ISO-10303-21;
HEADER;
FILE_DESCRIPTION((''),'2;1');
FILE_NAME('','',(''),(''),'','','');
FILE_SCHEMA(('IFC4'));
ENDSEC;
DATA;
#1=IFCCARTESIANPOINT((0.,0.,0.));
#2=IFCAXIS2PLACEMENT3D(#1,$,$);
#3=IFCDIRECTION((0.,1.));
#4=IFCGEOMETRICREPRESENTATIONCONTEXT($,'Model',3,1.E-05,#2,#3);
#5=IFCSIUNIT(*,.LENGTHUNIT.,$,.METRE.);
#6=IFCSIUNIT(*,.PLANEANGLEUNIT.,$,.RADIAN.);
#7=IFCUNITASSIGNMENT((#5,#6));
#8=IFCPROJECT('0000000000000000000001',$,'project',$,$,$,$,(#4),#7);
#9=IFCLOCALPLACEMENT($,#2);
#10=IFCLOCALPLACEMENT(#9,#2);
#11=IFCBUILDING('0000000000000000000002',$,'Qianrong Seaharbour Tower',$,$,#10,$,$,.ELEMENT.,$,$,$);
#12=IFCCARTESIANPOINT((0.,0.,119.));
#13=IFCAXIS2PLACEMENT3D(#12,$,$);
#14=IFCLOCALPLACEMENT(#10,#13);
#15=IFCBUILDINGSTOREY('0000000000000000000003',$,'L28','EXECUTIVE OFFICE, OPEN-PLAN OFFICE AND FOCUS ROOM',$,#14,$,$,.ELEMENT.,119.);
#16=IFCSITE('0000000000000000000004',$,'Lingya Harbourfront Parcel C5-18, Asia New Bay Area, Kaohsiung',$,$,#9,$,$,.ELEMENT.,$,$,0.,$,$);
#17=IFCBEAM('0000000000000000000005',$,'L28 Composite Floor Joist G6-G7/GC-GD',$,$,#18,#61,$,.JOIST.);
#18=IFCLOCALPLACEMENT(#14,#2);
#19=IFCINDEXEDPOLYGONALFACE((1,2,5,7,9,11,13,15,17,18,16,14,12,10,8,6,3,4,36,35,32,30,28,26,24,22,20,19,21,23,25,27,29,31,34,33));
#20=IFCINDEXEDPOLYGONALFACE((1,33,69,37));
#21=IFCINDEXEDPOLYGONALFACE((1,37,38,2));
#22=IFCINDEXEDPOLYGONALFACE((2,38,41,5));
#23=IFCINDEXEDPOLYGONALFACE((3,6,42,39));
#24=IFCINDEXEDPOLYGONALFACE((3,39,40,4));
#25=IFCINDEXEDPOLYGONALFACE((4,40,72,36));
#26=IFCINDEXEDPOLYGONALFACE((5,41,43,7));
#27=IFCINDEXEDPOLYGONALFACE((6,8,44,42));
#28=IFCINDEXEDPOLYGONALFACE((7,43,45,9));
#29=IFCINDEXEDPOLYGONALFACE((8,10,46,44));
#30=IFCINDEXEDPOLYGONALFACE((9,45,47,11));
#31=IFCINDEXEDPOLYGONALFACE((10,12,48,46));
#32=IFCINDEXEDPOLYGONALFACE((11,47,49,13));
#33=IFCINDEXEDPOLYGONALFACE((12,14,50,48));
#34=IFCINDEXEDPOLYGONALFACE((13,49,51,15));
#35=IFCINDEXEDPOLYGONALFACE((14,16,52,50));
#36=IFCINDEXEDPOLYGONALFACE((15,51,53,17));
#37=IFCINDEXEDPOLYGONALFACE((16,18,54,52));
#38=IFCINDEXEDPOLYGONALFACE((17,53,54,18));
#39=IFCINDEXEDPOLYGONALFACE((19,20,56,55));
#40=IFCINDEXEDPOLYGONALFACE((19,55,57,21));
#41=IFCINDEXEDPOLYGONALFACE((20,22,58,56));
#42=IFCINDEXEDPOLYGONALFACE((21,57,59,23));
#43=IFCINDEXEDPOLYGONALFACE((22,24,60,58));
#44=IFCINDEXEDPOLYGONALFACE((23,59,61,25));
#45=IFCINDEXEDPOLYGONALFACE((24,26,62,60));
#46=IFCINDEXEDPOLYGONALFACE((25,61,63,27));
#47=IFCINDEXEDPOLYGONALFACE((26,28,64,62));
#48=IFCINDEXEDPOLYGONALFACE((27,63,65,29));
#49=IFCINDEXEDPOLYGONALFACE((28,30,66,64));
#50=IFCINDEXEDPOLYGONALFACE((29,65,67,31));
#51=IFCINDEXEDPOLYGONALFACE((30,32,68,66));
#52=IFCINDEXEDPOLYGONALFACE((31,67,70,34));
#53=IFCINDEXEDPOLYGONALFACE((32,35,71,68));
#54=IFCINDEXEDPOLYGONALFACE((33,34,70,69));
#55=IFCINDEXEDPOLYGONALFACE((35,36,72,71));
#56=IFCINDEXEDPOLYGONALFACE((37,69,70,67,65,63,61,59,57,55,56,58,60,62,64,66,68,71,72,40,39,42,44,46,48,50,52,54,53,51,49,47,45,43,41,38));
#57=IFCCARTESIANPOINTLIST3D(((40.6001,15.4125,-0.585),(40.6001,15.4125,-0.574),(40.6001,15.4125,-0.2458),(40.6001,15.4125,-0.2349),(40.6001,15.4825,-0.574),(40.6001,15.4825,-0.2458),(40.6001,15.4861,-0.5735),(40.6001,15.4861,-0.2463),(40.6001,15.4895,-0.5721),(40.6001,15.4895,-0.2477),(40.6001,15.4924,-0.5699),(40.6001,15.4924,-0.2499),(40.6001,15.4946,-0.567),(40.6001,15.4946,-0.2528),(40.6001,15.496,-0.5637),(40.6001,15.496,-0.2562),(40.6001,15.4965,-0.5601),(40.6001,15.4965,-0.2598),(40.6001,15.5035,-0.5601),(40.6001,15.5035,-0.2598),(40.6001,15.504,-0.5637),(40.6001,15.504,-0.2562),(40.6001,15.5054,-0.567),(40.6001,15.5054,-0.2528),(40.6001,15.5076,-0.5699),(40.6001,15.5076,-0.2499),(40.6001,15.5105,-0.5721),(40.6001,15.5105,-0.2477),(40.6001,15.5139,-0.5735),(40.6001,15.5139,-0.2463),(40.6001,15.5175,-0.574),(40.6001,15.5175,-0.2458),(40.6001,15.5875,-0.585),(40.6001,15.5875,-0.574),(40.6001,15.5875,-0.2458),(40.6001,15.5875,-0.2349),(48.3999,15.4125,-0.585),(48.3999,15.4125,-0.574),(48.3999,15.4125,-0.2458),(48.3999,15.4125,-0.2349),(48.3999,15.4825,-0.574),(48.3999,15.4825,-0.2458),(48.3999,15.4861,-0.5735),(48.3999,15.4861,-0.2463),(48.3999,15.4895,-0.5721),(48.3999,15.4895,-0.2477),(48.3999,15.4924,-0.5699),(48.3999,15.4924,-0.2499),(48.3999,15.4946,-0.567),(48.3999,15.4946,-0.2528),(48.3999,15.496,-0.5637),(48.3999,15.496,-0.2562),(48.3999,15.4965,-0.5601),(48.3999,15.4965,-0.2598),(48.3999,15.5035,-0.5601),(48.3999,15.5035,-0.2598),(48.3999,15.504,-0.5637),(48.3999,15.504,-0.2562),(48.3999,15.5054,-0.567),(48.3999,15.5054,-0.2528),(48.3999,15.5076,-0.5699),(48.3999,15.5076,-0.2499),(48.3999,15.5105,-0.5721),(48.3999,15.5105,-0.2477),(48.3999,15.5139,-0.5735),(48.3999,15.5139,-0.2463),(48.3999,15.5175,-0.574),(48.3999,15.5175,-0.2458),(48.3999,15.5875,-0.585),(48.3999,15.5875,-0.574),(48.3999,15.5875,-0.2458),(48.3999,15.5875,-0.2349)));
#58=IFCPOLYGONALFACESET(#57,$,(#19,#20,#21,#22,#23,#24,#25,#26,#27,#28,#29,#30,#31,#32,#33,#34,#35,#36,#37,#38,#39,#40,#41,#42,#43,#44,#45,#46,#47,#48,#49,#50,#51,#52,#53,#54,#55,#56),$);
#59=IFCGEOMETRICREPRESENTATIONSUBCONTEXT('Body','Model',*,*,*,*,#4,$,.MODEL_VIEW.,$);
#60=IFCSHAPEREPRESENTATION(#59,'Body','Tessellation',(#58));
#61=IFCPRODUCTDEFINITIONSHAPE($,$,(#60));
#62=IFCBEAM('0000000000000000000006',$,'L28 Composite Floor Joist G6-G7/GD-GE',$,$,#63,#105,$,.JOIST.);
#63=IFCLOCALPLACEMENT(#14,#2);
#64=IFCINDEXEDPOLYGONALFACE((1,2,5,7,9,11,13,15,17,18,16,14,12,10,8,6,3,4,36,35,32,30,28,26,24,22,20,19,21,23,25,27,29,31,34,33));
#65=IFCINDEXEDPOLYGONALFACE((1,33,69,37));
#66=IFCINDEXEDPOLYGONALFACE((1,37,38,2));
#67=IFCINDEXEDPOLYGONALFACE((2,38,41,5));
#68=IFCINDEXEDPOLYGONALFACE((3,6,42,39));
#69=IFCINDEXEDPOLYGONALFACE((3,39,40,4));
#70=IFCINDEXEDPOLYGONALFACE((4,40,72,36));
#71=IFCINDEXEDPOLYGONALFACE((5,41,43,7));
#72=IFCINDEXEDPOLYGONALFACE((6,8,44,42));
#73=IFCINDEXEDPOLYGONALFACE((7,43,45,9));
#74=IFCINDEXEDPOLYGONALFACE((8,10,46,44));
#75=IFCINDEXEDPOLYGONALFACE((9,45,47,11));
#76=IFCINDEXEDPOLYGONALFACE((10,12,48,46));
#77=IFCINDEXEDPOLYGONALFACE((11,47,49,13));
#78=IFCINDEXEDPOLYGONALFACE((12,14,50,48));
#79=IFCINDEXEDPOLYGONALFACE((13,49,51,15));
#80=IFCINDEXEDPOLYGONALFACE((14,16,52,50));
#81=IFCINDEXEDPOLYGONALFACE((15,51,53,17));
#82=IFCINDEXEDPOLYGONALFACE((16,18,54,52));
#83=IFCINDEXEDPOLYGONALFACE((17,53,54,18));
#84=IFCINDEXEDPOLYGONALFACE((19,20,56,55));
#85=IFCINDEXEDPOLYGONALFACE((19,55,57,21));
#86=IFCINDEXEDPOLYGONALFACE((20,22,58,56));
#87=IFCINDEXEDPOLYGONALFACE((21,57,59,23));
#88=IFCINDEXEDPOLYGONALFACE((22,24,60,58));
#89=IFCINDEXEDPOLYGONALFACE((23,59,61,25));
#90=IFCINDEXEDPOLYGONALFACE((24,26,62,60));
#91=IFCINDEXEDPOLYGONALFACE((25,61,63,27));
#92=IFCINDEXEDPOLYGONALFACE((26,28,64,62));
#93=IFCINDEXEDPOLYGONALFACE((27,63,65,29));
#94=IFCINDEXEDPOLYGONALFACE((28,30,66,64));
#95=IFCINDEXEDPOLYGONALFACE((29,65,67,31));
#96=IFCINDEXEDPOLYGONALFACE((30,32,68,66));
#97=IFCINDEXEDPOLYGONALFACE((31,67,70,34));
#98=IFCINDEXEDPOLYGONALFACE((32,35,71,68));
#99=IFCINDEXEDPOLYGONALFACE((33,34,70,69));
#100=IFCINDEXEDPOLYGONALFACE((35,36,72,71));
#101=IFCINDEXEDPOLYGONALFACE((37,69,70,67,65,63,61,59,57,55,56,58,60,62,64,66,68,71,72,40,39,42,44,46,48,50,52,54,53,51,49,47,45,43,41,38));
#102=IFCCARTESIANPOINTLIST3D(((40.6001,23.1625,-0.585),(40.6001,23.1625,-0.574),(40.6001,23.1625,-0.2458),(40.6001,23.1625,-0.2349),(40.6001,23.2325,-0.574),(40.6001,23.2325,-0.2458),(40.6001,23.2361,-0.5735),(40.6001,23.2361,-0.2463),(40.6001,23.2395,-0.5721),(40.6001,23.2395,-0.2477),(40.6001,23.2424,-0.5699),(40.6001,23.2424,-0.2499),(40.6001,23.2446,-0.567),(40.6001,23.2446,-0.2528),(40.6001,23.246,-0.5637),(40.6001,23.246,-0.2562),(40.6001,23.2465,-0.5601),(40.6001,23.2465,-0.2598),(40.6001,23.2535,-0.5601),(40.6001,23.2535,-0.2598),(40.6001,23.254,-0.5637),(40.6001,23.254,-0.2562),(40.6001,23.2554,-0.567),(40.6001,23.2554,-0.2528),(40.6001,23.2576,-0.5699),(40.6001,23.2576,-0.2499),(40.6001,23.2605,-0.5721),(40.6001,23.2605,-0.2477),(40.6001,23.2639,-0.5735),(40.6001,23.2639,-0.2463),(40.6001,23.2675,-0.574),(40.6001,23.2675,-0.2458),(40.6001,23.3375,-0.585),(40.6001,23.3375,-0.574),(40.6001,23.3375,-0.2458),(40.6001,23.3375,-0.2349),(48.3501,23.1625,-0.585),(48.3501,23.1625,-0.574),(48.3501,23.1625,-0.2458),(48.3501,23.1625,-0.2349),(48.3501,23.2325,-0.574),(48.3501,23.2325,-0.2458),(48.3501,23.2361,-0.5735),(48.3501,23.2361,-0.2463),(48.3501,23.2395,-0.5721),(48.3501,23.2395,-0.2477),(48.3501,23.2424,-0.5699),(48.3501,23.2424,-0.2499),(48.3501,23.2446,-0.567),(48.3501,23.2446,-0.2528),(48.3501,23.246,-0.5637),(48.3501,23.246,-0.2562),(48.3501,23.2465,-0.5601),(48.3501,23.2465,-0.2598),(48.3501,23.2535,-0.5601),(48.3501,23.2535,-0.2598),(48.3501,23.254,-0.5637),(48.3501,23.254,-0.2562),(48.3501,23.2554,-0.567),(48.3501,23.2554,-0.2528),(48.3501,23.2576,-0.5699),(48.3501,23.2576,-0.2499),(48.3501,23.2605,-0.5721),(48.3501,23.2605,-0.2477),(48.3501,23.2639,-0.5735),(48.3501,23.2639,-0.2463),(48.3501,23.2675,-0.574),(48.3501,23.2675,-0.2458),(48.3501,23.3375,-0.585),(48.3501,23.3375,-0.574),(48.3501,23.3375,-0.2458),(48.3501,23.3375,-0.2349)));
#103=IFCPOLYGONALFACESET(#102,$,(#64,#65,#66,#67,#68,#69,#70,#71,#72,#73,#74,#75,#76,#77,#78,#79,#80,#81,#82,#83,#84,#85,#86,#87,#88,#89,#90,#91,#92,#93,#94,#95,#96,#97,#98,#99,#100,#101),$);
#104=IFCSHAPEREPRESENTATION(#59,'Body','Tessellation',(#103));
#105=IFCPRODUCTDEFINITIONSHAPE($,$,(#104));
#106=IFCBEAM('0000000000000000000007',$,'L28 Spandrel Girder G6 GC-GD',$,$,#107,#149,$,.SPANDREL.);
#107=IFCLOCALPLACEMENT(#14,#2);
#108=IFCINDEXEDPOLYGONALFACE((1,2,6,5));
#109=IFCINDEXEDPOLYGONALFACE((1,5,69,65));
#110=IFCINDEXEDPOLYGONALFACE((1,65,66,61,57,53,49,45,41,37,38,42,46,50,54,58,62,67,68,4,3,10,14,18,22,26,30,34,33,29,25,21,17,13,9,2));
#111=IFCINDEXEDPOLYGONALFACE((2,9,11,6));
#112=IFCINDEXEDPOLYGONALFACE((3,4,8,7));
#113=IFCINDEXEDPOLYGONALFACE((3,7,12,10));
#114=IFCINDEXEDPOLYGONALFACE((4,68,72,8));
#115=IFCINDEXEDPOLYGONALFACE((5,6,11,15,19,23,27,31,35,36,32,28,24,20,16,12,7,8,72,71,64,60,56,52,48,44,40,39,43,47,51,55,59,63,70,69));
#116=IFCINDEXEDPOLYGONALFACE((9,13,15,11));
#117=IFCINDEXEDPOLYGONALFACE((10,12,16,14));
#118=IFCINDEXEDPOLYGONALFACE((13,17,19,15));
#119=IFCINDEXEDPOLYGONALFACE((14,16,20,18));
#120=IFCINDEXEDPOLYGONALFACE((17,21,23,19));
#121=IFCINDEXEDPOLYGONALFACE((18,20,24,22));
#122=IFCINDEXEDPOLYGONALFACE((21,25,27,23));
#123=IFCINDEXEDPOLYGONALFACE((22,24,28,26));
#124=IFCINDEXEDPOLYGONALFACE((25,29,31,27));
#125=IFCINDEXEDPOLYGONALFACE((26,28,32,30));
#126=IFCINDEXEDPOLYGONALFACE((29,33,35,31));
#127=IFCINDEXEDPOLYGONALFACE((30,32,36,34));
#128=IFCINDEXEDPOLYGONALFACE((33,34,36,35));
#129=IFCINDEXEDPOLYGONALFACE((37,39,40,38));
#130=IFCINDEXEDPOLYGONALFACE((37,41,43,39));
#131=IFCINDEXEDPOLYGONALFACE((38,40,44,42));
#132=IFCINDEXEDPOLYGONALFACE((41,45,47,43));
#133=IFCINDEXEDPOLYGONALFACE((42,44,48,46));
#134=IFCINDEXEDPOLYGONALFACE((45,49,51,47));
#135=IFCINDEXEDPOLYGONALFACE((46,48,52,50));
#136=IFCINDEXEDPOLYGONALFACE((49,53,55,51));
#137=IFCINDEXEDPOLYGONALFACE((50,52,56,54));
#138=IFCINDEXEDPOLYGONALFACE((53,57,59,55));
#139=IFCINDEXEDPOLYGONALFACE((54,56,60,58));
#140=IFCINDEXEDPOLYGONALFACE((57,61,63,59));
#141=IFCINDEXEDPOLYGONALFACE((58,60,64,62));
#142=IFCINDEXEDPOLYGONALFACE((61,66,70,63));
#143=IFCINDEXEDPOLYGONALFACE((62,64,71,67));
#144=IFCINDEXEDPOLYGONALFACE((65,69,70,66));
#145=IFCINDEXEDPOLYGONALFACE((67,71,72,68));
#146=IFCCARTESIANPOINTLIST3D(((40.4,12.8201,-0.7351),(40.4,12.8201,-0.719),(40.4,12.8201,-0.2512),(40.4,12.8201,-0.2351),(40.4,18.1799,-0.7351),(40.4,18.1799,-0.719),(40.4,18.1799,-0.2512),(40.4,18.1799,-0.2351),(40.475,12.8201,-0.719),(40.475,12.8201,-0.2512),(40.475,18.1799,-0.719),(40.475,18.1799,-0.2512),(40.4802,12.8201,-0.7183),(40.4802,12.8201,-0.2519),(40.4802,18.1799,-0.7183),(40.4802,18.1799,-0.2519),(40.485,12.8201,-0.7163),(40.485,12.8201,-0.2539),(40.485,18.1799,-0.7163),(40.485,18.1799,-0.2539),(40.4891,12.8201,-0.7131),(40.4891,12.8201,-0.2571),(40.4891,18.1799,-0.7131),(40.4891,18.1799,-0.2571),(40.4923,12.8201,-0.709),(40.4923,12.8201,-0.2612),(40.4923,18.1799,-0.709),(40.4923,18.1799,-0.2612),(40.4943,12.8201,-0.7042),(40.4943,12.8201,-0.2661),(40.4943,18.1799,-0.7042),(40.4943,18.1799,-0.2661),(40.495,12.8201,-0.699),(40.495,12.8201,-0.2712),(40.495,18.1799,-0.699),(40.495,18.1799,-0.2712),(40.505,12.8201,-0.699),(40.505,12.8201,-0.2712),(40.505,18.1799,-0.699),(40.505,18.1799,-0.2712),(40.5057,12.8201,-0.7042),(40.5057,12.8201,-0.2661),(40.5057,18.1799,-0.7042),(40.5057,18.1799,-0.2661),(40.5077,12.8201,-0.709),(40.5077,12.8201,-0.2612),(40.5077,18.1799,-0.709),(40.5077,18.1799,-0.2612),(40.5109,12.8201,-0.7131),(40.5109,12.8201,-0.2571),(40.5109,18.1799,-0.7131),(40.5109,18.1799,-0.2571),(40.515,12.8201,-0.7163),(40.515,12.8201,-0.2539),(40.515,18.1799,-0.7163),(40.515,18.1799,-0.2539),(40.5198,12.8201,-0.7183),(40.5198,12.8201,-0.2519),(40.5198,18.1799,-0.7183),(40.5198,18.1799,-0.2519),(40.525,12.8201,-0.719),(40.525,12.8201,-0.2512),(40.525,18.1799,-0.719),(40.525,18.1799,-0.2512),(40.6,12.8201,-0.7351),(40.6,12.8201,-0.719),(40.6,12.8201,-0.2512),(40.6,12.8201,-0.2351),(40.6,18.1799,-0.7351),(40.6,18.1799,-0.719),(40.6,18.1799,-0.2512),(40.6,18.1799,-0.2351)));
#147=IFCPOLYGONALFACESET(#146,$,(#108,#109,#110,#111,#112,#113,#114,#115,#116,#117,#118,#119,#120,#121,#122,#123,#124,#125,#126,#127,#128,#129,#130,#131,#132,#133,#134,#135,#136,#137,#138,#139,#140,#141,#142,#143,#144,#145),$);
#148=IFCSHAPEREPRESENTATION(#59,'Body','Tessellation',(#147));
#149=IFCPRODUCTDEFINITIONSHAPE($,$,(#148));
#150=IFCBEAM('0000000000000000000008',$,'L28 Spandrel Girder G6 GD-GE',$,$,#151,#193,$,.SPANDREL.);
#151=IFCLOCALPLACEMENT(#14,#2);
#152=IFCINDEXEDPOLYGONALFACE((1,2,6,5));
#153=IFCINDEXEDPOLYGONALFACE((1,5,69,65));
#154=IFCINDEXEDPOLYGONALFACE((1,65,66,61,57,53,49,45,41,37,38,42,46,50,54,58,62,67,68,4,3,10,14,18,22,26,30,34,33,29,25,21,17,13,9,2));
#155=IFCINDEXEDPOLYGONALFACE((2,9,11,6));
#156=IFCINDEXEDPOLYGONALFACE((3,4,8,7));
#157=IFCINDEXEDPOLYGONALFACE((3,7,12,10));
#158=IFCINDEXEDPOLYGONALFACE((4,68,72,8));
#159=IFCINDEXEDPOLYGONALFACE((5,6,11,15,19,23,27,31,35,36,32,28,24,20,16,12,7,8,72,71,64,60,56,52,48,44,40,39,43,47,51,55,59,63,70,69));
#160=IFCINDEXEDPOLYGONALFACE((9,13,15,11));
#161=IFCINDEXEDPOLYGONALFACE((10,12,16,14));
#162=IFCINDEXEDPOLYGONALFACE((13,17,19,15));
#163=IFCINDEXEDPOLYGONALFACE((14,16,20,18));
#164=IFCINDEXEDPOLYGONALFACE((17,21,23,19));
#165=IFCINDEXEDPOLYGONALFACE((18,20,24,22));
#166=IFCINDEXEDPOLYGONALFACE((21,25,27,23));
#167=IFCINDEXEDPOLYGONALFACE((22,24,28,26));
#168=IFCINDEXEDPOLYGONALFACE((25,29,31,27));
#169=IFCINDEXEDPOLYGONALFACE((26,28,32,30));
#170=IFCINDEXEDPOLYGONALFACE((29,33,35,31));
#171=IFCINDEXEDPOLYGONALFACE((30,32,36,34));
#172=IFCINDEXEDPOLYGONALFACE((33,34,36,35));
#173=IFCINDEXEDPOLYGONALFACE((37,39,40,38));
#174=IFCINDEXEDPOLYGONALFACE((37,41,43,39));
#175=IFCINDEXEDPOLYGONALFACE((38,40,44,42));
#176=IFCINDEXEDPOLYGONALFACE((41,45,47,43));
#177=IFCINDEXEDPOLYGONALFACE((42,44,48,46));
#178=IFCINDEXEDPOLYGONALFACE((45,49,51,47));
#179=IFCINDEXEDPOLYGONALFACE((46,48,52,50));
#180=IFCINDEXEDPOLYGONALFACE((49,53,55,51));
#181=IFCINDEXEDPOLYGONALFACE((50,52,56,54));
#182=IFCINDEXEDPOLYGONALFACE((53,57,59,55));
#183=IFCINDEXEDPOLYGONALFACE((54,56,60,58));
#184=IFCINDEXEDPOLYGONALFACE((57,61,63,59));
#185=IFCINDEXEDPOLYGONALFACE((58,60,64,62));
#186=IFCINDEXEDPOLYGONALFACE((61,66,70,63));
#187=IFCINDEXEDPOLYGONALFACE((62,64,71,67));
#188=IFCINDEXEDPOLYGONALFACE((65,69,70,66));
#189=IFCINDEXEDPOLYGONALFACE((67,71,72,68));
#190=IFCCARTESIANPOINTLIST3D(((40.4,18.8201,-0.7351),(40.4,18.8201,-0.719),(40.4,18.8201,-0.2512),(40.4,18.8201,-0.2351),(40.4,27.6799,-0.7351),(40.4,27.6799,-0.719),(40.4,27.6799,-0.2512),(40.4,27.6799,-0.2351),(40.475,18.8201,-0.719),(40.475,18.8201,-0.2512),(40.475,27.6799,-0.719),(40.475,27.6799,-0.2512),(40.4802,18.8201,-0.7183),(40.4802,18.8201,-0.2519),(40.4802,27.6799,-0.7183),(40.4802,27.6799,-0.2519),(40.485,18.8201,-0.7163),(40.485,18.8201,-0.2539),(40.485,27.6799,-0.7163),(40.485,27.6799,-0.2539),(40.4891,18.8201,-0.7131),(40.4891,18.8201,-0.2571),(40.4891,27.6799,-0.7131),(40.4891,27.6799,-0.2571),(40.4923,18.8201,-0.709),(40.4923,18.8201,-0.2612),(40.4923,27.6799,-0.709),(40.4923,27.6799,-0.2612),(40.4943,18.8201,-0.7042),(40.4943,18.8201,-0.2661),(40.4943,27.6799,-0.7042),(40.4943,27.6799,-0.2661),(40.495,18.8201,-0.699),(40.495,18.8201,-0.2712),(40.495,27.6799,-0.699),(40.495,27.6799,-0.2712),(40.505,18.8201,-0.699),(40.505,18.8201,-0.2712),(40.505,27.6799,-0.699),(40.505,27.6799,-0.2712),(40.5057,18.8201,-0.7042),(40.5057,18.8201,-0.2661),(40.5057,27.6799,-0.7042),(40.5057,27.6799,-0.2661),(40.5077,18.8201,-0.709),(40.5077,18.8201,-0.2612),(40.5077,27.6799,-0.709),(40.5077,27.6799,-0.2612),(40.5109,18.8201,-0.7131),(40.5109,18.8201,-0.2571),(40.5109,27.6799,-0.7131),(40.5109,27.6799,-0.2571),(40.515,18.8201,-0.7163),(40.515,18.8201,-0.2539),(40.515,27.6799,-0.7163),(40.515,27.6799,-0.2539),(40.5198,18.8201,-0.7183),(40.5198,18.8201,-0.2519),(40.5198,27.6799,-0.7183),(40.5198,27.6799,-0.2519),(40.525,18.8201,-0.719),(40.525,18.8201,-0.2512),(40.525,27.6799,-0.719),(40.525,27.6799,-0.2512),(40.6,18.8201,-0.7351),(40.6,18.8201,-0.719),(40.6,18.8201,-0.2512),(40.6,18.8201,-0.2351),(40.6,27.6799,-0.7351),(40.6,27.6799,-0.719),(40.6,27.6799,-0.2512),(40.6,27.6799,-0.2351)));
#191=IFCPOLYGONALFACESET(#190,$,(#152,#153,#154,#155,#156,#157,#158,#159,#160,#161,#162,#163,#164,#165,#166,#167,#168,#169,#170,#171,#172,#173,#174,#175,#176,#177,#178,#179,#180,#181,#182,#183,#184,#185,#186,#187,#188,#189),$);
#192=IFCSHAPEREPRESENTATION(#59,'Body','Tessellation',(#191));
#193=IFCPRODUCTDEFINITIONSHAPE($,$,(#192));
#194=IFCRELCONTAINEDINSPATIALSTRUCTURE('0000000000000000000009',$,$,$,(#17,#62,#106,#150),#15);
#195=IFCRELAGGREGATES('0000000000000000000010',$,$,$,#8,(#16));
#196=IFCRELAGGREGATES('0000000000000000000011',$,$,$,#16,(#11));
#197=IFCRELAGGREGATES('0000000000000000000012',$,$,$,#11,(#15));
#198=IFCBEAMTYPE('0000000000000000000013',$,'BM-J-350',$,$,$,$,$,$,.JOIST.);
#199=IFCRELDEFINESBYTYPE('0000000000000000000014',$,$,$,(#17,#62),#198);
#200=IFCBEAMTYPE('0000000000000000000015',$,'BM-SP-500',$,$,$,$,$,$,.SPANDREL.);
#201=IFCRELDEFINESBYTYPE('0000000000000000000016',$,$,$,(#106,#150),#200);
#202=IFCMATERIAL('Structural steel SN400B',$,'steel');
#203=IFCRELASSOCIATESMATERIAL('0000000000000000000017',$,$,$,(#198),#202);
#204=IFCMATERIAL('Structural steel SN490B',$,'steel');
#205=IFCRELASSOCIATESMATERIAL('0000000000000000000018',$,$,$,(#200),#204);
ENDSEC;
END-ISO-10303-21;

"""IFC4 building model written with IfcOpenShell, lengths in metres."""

from ifc_helpers import new_model, si_unit, direction, frame, origin, origin_2d, place, context, subcontext, project, spatial, i_section, extrude, material, material_profile, profile_set, type_object, element, save


model = new_model("IFC4")

# Units and contexts
model_context = context("Model", 3, precision=1e-05, world=origin(), true_north=direction((0.0, 1.0)))
body_context = subcontext(model_context, "Body", "Model", "MODEL_VIEW")
ifc_project = project(units=[si_unit("LENGTHUNIT", "METRE"), si_unit("PLANEANGLEUNIT", "RADIAN")], contexts=[model_context])

# Site, building, storey
site_placement = place(None, origin())
site = spatial("IfcSite", under=ifc_project, at=site_placement, Name="Lingya Harbourfront Parcel C5-18, Asia New Bay Area, Kaohsiung", CompositionType="ELEMENT", RefElevation=0.0)
building_placement = place(site_placement, origin())
building = spatial("IfcBuilding", under=site, at=building_placement, Name="Qianrong Seaharbour Tower", CompositionType="ELEMENT")
storey_placement = place(building_placement, frame((0.0, 0.0, 119.0)))
storey = spatial("IfcBuildingStorey", under=building, at=storey_placement, Name="L28", Description="EXECUTIVE OFFICE, OPEN-PLAN OFFICE AND FOCUS ROOM", CompositionType="ELEMENT", Elevation=119.0)

# Shared definitions
ifc_material_1 = material(Name="Structural steel SN490B", Category="steel")

# Beams
ifc_material_2 = material(Name="Structural steel SN400B", Category="steel")
ifc_material_profile_1 = material_profile(ifc_material_2, i_section(OverallWidth=0.175, OverallDepth=0.3501, WebThickness=0.0071, FlangeThickness=0.011, FilletRadius=0.0139, at=origin_2d()), Name="H350x175x7x11")
ifc_profile_set_1 = profile_set([ifc_material_profile_1], Name="Structural steel SN400B")
beam_type_1 = type_object("IfcBeamType", Name="BM-J-350", PredefinedType="JOIST", material=ifc_profile_set_1)
beam_1_placement = place(storey_placement, frame((40.6001, 15.5, -0.4099), z_axis=(1.0, 0.0, 0.0), x_axis=(0.0, 1.0, 0.0)))
element("IfcBeam", 1, at=beam_1_placement, inside=storey, type_object=beam_type_1, Name="L28 Composite Floor Joist G6-G7/GC-GD", PredefinedType="JOIST", context=body_context, shape_type="SweptSolid", body=[
    extrude(i_section(OverallWidth=0.175, OverallDepth=0.3501, WebThickness=0.0071, FlangeThickness=0.011, FilletRadius=0.0139, at=origin_2d()), origin(), (0.0, 0.0, 1.0), 7.7998),
])
beam_2_placement = place(storey_placement, frame((40.6001, 23.25, -0.4099), z_axis=(1.0, 0.0, 0.0), x_axis=(0.0, 1.0, 0.0)))
element("IfcBeam", 2, at=beam_2_placement, inside=storey, type_object=beam_type_1, Name="L28 Composite Floor Joist G6-G7/GD-GE", PredefinedType="JOIST", context=body_context, shape_type="SweptSolid", body=[
    extrude(i_section(OverallWidth=0.175, OverallDepth=0.3501, WebThickness=0.0071, FlangeThickness=0.011, FilletRadius=0.0139, at=origin_2d()), origin(), (0.0, 0.0, 1.0), 7.75),
])
ifc_material_profile_2 = material_profile(ifc_material_1, i_section(OverallWidth=0.2, OverallDepth=0.5, WebThickness=0.01, FlangeThickness=0.0161, FilletRadius=0.02, at=origin_2d()), Name="H500x200x10x16")
ifc_profile_set_2 = profile_set([ifc_material_profile_2], Name="Structural steel SN490B")
beam_type_2 = type_object("IfcBeamType", Name="BM-SP-500", PredefinedType="SPANDREL", material=ifc_profile_set_2)
beam_3_placement = place(storey_placement, frame((40.5, 12.8201, -0.4851), z_axis=(0.0, 1.0, 0.0), x_axis=(-1.0, 0.0, 0.0)))
element("IfcBeam", 3, at=beam_3_placement, inside=storey, type_object=beam_type_2, Name="L28 Spandrel Girder G6 GC-GD", PredefinedType="SPANDREL", context=body_context, shape_type="SweptSolid", body=[
    extrude(i_section(OverallWidth=0.2, OverallDepth=0.5, WebThickness=0.01, FlangeThickness=0.0161, FilletRadius=0.02, at=origin_2d()), origin(), (0.0, 0.0, 1.0), 5.3599),
])
beam_4_placement = place(storey_placement, frame((40.5, 18.8201, -0.4851), z_axis=(0.0, 1.0, 0.0), x_axis=(-1.0, 0.0, 0.0)))
element("IfcBeam", 4, at=beam_4_placement, inside=storey, type_object=beam_type_2, Name="L28 Spandrel Girder G6 GD-GE", PredefinedType="SPANDREL", context=body_context, shape_type="SweptSolid", body=[
    extrude(i_section(OverallWidth=0.2, OverallDepth=0.5, WebThickness=0.01, FlangeThickness=0.0161, FilletRadius=0.02, at=origin_2d()), origin(), (0.0, 0.0, 1.0), 8.8599),
])

save(model, "model.ifc")
